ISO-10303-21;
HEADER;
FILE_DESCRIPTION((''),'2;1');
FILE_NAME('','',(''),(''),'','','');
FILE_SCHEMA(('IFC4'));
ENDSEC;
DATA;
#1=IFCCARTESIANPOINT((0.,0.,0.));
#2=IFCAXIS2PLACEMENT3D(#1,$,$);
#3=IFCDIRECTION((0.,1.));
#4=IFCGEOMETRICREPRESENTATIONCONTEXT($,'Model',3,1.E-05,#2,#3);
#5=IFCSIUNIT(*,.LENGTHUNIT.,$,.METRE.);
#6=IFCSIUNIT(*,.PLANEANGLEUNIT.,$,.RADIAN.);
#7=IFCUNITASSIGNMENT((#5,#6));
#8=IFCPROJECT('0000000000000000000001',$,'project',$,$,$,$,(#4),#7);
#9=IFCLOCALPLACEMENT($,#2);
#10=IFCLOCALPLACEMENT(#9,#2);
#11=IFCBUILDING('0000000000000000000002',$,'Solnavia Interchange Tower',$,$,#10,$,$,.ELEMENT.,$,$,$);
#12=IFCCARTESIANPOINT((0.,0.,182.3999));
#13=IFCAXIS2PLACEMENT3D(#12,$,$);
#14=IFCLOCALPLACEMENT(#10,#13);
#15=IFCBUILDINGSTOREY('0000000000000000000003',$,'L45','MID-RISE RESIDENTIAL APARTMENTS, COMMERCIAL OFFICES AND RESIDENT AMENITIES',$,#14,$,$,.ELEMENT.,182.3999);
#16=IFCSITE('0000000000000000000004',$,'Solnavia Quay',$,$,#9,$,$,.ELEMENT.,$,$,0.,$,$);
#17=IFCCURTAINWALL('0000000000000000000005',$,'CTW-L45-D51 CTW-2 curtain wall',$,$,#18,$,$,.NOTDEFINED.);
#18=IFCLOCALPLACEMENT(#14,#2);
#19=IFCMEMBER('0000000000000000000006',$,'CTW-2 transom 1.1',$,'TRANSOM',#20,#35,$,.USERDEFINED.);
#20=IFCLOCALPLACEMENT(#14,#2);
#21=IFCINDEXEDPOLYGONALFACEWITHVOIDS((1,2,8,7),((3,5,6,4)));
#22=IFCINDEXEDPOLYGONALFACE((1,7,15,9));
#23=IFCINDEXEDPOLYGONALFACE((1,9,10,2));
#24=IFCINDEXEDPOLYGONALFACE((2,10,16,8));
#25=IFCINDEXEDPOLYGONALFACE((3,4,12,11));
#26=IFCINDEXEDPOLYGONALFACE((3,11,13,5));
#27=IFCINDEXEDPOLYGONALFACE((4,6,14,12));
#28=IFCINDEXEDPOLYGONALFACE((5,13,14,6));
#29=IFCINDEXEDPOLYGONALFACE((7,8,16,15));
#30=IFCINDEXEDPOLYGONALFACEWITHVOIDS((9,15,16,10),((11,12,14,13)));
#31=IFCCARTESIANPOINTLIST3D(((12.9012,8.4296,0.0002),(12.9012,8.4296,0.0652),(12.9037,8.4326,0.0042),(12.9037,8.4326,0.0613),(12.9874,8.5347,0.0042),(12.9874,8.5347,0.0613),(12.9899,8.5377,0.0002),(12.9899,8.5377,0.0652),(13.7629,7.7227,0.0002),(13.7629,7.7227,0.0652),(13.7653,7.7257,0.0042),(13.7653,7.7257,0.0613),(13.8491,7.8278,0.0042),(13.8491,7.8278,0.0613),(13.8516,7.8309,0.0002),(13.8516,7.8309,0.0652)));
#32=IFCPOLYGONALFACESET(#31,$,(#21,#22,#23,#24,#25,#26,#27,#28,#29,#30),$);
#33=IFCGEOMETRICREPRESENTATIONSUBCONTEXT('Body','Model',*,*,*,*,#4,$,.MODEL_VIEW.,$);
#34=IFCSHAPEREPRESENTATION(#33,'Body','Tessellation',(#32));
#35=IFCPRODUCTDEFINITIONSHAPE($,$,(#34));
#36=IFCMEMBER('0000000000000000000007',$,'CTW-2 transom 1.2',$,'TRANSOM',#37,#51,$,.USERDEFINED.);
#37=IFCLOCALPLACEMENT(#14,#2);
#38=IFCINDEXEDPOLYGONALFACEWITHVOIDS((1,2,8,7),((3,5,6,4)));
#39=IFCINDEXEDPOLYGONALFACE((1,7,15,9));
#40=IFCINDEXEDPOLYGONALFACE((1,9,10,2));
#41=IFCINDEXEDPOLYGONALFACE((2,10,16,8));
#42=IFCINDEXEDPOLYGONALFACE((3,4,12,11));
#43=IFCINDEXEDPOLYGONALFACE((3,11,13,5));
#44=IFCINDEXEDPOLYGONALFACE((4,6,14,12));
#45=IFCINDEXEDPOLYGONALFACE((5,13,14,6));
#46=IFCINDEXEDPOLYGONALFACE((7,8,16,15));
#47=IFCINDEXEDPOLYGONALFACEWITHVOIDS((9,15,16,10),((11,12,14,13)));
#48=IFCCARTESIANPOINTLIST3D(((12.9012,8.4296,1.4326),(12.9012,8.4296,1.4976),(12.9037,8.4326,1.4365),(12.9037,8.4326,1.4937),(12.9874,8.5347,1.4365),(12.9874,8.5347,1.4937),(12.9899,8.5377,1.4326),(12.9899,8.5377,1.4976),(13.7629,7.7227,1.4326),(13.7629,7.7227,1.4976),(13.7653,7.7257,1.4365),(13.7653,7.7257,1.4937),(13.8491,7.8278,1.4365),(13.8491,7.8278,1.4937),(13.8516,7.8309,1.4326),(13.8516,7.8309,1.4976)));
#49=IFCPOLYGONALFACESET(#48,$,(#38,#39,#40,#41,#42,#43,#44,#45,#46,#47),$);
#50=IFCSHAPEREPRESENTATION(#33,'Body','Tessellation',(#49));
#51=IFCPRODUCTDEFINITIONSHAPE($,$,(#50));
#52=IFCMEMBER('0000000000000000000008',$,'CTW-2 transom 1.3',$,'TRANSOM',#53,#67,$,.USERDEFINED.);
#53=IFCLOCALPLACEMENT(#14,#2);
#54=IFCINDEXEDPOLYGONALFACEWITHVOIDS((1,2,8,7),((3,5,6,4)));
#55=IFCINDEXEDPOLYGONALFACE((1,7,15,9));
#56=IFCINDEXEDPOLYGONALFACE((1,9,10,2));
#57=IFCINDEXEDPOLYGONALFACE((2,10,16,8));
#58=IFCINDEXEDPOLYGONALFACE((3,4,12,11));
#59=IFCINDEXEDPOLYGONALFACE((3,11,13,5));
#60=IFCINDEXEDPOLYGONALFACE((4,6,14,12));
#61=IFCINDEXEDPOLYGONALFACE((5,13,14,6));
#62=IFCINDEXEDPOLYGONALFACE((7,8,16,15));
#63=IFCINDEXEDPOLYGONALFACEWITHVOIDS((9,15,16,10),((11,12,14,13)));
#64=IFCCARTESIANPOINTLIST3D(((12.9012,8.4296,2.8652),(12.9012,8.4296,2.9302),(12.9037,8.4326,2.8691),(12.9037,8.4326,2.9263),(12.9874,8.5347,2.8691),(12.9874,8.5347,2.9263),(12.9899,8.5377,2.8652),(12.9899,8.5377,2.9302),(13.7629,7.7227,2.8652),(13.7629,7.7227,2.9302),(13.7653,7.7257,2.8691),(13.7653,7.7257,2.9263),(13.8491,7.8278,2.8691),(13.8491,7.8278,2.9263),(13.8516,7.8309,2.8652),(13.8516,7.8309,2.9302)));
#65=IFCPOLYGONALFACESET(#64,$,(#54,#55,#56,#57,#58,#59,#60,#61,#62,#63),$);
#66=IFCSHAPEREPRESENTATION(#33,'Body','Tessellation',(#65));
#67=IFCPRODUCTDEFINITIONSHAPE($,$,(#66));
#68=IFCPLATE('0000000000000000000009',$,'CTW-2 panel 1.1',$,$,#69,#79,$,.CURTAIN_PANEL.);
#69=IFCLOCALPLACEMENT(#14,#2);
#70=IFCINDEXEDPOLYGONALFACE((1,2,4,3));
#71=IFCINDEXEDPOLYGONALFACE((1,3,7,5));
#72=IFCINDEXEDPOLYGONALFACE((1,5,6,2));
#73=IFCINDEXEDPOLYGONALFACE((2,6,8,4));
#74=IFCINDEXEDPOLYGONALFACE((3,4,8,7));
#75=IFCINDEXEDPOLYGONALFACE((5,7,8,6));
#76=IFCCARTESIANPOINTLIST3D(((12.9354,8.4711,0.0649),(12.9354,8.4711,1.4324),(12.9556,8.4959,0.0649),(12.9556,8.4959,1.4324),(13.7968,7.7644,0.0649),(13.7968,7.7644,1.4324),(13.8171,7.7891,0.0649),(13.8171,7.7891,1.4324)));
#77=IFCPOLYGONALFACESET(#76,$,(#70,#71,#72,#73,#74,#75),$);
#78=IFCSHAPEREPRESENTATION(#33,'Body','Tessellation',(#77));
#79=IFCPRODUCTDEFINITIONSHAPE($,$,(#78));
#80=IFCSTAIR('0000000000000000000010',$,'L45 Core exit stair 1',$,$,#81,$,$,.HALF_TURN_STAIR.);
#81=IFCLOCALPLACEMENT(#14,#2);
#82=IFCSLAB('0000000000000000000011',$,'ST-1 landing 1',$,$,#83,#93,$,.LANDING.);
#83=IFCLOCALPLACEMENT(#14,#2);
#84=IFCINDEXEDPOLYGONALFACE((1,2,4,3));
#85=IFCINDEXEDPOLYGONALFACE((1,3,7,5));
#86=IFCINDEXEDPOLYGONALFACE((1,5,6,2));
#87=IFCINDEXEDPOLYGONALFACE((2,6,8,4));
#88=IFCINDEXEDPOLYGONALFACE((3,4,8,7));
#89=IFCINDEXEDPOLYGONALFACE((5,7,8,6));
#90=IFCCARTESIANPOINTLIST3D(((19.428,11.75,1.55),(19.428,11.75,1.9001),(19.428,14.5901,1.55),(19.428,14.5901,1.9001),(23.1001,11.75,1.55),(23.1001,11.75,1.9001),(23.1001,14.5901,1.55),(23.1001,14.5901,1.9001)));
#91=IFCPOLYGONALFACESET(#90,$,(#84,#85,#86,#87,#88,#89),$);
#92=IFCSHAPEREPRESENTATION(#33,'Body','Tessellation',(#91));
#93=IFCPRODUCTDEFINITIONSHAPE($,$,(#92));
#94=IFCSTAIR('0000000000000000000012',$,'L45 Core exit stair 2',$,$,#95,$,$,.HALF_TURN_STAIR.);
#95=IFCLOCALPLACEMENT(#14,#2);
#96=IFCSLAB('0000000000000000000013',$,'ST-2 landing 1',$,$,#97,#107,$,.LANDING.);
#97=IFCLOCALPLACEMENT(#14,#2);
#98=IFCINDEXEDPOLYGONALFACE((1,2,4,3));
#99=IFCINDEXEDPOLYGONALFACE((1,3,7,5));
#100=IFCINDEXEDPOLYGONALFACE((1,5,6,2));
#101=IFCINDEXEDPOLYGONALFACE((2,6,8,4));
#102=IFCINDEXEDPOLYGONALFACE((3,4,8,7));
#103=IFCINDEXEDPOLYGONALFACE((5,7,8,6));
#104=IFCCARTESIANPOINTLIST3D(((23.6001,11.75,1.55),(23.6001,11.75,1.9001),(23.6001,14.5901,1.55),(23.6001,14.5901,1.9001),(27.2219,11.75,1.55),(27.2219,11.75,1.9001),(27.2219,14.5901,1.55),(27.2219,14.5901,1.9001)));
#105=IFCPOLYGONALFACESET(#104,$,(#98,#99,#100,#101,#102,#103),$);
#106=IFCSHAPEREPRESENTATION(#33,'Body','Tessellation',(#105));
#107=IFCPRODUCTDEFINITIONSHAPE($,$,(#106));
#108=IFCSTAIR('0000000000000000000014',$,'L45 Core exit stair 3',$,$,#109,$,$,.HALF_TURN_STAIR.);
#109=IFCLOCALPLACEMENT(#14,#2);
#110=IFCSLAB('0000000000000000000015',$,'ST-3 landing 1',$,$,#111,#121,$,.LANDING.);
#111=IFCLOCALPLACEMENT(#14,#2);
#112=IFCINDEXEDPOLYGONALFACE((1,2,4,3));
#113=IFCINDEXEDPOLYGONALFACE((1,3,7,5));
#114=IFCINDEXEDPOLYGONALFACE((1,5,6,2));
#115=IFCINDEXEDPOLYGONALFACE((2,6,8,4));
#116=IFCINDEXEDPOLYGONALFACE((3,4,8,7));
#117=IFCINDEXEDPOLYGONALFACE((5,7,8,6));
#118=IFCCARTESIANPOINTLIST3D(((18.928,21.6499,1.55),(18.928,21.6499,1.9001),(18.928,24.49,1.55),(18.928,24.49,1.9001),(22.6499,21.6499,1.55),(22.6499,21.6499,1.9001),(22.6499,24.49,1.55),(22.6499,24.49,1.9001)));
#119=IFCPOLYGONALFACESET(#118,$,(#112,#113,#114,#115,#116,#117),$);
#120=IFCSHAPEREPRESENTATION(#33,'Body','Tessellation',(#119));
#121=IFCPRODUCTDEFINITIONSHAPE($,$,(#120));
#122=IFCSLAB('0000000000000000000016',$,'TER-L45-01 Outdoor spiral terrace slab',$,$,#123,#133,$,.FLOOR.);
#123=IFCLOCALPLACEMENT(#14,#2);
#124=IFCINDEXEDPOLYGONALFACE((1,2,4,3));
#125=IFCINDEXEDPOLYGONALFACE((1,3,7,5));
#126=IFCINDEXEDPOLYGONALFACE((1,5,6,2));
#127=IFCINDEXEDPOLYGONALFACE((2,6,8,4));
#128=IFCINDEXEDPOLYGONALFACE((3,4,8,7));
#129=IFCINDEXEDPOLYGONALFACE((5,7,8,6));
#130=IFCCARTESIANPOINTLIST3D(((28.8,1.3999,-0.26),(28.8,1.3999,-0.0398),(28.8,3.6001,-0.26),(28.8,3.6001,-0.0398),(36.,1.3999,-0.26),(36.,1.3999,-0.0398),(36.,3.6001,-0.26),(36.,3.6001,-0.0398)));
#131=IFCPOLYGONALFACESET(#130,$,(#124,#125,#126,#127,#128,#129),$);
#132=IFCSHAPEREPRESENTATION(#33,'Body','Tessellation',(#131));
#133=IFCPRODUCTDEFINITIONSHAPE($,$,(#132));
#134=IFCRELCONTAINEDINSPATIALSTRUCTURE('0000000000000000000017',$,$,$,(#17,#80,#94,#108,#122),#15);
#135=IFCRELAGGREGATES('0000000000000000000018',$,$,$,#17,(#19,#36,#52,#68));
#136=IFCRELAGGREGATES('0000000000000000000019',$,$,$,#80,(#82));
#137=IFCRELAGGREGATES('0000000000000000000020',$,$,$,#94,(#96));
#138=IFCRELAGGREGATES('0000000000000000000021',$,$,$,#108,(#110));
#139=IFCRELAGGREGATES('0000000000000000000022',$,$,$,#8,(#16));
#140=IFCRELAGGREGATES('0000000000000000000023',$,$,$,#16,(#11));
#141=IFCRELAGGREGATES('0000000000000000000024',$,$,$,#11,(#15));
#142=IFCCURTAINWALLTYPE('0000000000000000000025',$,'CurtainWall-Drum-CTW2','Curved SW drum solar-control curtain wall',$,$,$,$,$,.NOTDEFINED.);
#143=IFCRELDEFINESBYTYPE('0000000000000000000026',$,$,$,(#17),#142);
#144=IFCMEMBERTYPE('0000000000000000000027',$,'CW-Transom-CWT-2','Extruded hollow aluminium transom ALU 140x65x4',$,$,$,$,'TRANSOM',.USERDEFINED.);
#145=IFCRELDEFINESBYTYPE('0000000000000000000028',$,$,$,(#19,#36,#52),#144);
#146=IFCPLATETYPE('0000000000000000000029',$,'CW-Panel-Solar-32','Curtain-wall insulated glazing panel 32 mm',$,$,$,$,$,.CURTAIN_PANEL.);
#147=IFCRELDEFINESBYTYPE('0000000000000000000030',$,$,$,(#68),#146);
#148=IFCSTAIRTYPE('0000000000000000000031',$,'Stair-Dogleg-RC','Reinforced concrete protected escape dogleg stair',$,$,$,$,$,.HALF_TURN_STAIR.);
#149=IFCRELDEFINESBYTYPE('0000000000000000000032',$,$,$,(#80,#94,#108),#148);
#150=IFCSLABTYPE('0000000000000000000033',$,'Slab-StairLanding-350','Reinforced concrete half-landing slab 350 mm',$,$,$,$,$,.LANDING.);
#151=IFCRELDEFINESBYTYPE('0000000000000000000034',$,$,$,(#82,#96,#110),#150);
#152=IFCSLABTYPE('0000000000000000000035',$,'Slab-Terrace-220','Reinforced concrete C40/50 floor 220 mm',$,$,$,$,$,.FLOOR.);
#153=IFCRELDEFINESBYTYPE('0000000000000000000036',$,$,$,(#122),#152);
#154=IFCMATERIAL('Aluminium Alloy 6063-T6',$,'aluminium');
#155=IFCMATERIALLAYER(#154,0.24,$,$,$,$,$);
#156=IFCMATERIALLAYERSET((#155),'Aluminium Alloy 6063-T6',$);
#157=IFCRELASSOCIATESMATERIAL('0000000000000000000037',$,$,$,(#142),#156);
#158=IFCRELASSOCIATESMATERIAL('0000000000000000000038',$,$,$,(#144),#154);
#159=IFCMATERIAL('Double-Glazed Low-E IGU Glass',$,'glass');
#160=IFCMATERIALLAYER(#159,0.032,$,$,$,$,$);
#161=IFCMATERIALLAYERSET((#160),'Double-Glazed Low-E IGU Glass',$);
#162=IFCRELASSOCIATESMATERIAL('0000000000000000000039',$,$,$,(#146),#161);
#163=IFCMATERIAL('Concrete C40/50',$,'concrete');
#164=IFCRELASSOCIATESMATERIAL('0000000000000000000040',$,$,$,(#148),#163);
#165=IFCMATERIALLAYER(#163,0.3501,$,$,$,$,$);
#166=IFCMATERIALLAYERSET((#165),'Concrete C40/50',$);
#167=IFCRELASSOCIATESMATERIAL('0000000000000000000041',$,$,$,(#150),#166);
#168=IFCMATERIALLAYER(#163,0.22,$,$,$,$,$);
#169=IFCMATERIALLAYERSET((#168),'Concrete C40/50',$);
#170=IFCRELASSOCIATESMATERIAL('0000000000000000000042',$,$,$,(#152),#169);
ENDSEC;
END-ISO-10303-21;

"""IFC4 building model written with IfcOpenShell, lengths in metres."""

from ifc_helpers import new_model, si_unit, direction, frame, origin, origin_2d, place, context, subcontext, project, spatial, polyline, rectangle, hollow_rectangle, outline, extrude, material, layer, layer_set, material_profile, profile_set, type_object, element, aggregate, save


model = new_model("IFC4")

# Units and contexts
model_context = context("Model", 3, precision=1e-05, world=origin(), true_north=direction((0.0, 1.0)))
body_context = subcontext(model_context, "Body", "Model", "MODEL_VIEW")
ifc_project = project(units=[si_unit("LENGTHUNIT", "METRE"), si_unit("PLANEANGLEUNIT", "RADIAN")], contexts=[model_context])

# Site, building, storey
site_placement = place(None, origin())
site = spatial("IfcSite", under=ifc_project, at=site_placement, Name="Solnavia Quay", CompositionType="ELEMENT", RefElevation=0.0)
building_placement = place(site_placement, origin())
building = spatial("IfcBuilding", under=site, at=building_placement, Name="Solnavia Interchange Tower", CompositionType="ELEMENT")
storey_placement = place(building_placement, frame((0.0, 0.0, 182.3999)))
storey = spatial("IfcBuildingStorey", under=building, at=storey_placement, Name="L45", Description="MID-RISE RESIDENTIAL APARTMENTS, COMMERCIAL OFFICES AND RESIDENT AMENITIES", CompositionType="ELEMENT", Elevation=182.3999)

# Curtain wall, members, plate
ifc_material_1 = material(Name="Aluminium Alloy 6063-T6", Category="aluminium")
ifc_layer_1 = layer(ifc_material_1, 0.24)
ifc_layer_set_1 = layer_set([ifc_layer_1], Name="Aluminium Alloy 6063-T6")
curtain_wall_type = type_object("IfcCurtainWallType", Name="CurtainWall-Drum-CTW2", Description="Curved SW drum solar-control curtain wall", PredefinedType="NOTDEFINED", material=ifc_layer_set_1)
curtain_wall_placement = place(storey_placement, origin())
curtain_wall = element("IfcCurtainWall", 1, at=curtain_wall_placement, inside=storey, type_object=curtain_wall_type, Name="CTW-L45-D51 CTW-2 curtain wall", PredefinedType="NOTDEFINED")
ifc_material_profile_1 = material_profile(ifc_material_1, hollow_rectangle(XDim=0.0649, YDim=0.1399, WallThickness=0.0039, at=origin_2d()), Name="ALU 140x65x4")
ifc_profile_set_1 = profile_set([ifc_material_profile_1], Name="Aluminium Alloy 6063-T6")
member_type_1 = type_object("IfcMemberType", Name="CW-Transom-CWT-2", Description="Extruded hollow aluminium transom ALU 140x65x4", ElementType="TRANSOM", PredefinedType="USERDEFINED", material=ifc_profile_set_1)
member_1_placement = place(storey_placement, frame((12.9456, 8.4836, 0.0327), z_axis=(0.773137, -0.634239, 0.0), x_axis=(0.0, 0.0, 1.0)))
member_1 = element("IfcMember", 2, at=member_1_placement, type_object=member_type_1, Name="CTW-2 transom 1.1", ObjectType="TRANSOM", PredefinedType="USERDEFINED", context=body_context, shape_type="SweptSolid", body=[
    extrude(hollow_rectangle(XDim=0.0649, YDim=0.1399, WallThickness=0.0039, at=origin_2d()), origin(), (0.0, 0.0, 1.0), 1.1145),
])
member_2_placement = place(storey_placement, frame((12.9456, 8.4836, 1.4651), z_axis=(0.773137, -0.634239, 0.0), x_axis=(0.0, 0.0, 1.0)))
member_2 = element("IfcMember", 3, at=member_2_placement, type_object=member_type_1, Name="CTW-2 transom 1.2", ObjectType="TRANSOM", PredefinedType="USERDEFINED", context=body_context, shape_type="SweptSolid", body=[
    extrude(hollow_rectangle(XDim=0.0649, YDim=0.1399, WallThickness=0.0039, at=origin_2d()), origin(), (0.0, 0.0, 1.0), 1.1145),
])
member_3_placement = place(storey_placement, frame((12.9456, 8.4836, 2.8977), z_axis=(0.773137, -0.634239, 0.0), x_axis=(0.0, 0.0, 1.0)))
member_3 = element("IfcMember", 4, at=member_3_placement, type_object=member_type_1, Name="CTW-2 transom 1.3", ObjectType="TRANSOM", PredefinedType="USERDEFINED", context=body_context, shape_type="SweptSolid", body=[
    extrude(hollow_rectangle(XDim=0.0649, YDim=0.1399, WallThickness=0.0039, at=origin_2d()), origin(), (0.0, 0.0, 1.0), 1.1145),
])
ifc_material_2 = material(Name="Double-Glazed Low-E IGU Glass", Category="glass")
ifc_layer_2 = layer(ifc_material_2, 0.032)
ifc_layer_set_2 = layer_set([ifc_layer_2], Name="Double-Glazed Low-E IGU Glass")
plate_type = type_object("IfcPlateType", Name="CW-Panel-Solar-32", Description="Curtain-wall insulated glazing panel 32 mm", PredefinedType="CURTAIN_PANEL", material=ifc_layer_set_2)
plate_placement = place(storey_placement, frame((13.3762, 8.1301, 0.0649), z_axis=(0.0, 0.0, 1.0), x_axis=(0.773103, -0.63428, 0.0)))
plate = element("IfcPlate", 5, at=plate_placement, type_object=plate_type, Name="CTW-2 panel 1.1", PredefinedType="CURTAIN_PANEL", context=body_context, shape_type="SweptSolid", body=[
    extrude(rectangle(XDim=1.1143, YDim=0.032, at=origin_2d()), origin(), (0.0, 0.0, 1.0), 1.3674),
])
aggregate(curtain_wall, [member_1, member_2, member_3, plate])

# Stairs, slabs
ifc_material_3 = material(Name="Concrete C40/50", Category="concrete")
stair_type = type_object("IfcStairType", Name="Stair-Dogleg-RC", Description="Reinforced concrete protected escape dogleg stair", PredefinedType="HALF_TURN_STAIR", material=ifc_material_3)
stair_1_placement = place(storey_placement, origin())
stair_1 = element("IfcStair", 6, at=stair_1_placement, inside=storey, type_object=stair_type, Name="L45 Core exit stair 1", PredefinedType="HALF_TURN_STAIR")
ifc_layer_3 = layer(ifc_material_3, 0.3501)
ifc_layer_set_3 = layer_set([ifc_layer_3], Name="Concrete C40/50")
slab_type_1 = type_object("IfcSlabType", Name="Slab-StairLanding-350", Description="Reinforced concrete half-landing slab 350 mm", PredefinedType="LANDING", material=ifc_layer_set_3)
slab_1_placement = place(storey_placement, frame((0.0, 0.0, 1.55)))
slab_1 = element("IfcSlab", 7, at=slab_1_placement, type_object=slab_type_1, Name="ST-1 landing 1", PredefinedType="LANDING", context=body_context, shape_type="SweptSolid", body=[
    extrude(outline(polyline([(19.428, 11.75), (23.1001, 11.75), (23.1001, 14.5901), (19.428, 14.5901), (19.428, 11.75)])), origin(), (0.0, 0.0, 1.0), 0.3501),
])
aggregate(stair_1, [slab_1])
stair_2_placement = place(storey_placement, origin())
stair_2 = element("IfcStair", 8, at=stair_2_placement, inside=storey, type_object=stair_type, Name="L45 Core exit stair 2", PredefinedType="HALF_TURN_STAIR")
slab_2_placement = place(storey_placement, frame((0.0, 0.0, 1.55)))
slab_2 = element("IfcSlab", 9, at=slab_2_placement, type_object=slab_type_1, Name="ST-2 landing 1", PredefinedType="LANDING", context=body_context, shape_type="SweptSolid", body=[
    extrude(outline(polyline([(23.6001, 11.75), (27.2219, 11.75), (27.2219, 14.5901), (23.6001, 14.5901), (23.6001, 11.75)])), origin(), (0.0, 0.0, 1.0), 0.3501),
])
aggregate(stair_2, [slab_2])
stair_3_placement = place(storey_placement, origin())
stair_3 = element("IfcStair", 10, at=stair_3_placement, inside=storey, type_object=stair_type, Name="L45 Core exit stair 3", PredefinedType="HALF_TURN_STAIR")
slab_3_placement = place(storey_placement, frame((0.0, 0.0, 1.55)))
slab_3 = element("IfcSlab", 11, at=slab_3_placement, type_object=slab_type_1, Name="ST-3 landing 1", PredefinedType="LANDING", context=body_context, shape_type="SweptSolid", body=[
    extrude(outline(polyline([(18.928, 21.6499), (22.6499, 21.6499), (22.6499, 24.49), (18.928, 24.49), (18.928, 21.6499)])), origin(), (0.0, 0.0, 1.0), 0.3501),
])
aggregate(stair_3, [slab_3])

# Slab
ifc_layer_4 = layer(ifc_material_3, 0.22)
ifc_layer_set_4 = layer_set([ifc_layer_4], Name="Concrete C40/50")
slab_type_2 = type_object("IfcSlabType", Name="Slab-Terrace-220", Description="Reinforced concrete C40/50 floor 220 mm", PredefinedType="FLOOR", material=ifc_layer_set_4)
slab_4_placement = place(storey_placement, frame((0.0, 0.0, -0.26)))
element("IfcSlab", 12, at=slab_4_placement, inside=storey, type_object=slab_type_2, Name="TER-L45-01 Outdoor spiral terrace slab", PredefinedType="FLOOR", context=body_context, shape_type="SweptSolid", body=[
    extrude(outline(polyline([(28.8, 1.3999), (36.0, 1.3999), (36.0, 3.6001), (28.8, 3.6001), (28.8, 1.3999)])), origin(), (0.0, 0.0, 1.0), 0.2202),
])

save(model, "model.ifc")
